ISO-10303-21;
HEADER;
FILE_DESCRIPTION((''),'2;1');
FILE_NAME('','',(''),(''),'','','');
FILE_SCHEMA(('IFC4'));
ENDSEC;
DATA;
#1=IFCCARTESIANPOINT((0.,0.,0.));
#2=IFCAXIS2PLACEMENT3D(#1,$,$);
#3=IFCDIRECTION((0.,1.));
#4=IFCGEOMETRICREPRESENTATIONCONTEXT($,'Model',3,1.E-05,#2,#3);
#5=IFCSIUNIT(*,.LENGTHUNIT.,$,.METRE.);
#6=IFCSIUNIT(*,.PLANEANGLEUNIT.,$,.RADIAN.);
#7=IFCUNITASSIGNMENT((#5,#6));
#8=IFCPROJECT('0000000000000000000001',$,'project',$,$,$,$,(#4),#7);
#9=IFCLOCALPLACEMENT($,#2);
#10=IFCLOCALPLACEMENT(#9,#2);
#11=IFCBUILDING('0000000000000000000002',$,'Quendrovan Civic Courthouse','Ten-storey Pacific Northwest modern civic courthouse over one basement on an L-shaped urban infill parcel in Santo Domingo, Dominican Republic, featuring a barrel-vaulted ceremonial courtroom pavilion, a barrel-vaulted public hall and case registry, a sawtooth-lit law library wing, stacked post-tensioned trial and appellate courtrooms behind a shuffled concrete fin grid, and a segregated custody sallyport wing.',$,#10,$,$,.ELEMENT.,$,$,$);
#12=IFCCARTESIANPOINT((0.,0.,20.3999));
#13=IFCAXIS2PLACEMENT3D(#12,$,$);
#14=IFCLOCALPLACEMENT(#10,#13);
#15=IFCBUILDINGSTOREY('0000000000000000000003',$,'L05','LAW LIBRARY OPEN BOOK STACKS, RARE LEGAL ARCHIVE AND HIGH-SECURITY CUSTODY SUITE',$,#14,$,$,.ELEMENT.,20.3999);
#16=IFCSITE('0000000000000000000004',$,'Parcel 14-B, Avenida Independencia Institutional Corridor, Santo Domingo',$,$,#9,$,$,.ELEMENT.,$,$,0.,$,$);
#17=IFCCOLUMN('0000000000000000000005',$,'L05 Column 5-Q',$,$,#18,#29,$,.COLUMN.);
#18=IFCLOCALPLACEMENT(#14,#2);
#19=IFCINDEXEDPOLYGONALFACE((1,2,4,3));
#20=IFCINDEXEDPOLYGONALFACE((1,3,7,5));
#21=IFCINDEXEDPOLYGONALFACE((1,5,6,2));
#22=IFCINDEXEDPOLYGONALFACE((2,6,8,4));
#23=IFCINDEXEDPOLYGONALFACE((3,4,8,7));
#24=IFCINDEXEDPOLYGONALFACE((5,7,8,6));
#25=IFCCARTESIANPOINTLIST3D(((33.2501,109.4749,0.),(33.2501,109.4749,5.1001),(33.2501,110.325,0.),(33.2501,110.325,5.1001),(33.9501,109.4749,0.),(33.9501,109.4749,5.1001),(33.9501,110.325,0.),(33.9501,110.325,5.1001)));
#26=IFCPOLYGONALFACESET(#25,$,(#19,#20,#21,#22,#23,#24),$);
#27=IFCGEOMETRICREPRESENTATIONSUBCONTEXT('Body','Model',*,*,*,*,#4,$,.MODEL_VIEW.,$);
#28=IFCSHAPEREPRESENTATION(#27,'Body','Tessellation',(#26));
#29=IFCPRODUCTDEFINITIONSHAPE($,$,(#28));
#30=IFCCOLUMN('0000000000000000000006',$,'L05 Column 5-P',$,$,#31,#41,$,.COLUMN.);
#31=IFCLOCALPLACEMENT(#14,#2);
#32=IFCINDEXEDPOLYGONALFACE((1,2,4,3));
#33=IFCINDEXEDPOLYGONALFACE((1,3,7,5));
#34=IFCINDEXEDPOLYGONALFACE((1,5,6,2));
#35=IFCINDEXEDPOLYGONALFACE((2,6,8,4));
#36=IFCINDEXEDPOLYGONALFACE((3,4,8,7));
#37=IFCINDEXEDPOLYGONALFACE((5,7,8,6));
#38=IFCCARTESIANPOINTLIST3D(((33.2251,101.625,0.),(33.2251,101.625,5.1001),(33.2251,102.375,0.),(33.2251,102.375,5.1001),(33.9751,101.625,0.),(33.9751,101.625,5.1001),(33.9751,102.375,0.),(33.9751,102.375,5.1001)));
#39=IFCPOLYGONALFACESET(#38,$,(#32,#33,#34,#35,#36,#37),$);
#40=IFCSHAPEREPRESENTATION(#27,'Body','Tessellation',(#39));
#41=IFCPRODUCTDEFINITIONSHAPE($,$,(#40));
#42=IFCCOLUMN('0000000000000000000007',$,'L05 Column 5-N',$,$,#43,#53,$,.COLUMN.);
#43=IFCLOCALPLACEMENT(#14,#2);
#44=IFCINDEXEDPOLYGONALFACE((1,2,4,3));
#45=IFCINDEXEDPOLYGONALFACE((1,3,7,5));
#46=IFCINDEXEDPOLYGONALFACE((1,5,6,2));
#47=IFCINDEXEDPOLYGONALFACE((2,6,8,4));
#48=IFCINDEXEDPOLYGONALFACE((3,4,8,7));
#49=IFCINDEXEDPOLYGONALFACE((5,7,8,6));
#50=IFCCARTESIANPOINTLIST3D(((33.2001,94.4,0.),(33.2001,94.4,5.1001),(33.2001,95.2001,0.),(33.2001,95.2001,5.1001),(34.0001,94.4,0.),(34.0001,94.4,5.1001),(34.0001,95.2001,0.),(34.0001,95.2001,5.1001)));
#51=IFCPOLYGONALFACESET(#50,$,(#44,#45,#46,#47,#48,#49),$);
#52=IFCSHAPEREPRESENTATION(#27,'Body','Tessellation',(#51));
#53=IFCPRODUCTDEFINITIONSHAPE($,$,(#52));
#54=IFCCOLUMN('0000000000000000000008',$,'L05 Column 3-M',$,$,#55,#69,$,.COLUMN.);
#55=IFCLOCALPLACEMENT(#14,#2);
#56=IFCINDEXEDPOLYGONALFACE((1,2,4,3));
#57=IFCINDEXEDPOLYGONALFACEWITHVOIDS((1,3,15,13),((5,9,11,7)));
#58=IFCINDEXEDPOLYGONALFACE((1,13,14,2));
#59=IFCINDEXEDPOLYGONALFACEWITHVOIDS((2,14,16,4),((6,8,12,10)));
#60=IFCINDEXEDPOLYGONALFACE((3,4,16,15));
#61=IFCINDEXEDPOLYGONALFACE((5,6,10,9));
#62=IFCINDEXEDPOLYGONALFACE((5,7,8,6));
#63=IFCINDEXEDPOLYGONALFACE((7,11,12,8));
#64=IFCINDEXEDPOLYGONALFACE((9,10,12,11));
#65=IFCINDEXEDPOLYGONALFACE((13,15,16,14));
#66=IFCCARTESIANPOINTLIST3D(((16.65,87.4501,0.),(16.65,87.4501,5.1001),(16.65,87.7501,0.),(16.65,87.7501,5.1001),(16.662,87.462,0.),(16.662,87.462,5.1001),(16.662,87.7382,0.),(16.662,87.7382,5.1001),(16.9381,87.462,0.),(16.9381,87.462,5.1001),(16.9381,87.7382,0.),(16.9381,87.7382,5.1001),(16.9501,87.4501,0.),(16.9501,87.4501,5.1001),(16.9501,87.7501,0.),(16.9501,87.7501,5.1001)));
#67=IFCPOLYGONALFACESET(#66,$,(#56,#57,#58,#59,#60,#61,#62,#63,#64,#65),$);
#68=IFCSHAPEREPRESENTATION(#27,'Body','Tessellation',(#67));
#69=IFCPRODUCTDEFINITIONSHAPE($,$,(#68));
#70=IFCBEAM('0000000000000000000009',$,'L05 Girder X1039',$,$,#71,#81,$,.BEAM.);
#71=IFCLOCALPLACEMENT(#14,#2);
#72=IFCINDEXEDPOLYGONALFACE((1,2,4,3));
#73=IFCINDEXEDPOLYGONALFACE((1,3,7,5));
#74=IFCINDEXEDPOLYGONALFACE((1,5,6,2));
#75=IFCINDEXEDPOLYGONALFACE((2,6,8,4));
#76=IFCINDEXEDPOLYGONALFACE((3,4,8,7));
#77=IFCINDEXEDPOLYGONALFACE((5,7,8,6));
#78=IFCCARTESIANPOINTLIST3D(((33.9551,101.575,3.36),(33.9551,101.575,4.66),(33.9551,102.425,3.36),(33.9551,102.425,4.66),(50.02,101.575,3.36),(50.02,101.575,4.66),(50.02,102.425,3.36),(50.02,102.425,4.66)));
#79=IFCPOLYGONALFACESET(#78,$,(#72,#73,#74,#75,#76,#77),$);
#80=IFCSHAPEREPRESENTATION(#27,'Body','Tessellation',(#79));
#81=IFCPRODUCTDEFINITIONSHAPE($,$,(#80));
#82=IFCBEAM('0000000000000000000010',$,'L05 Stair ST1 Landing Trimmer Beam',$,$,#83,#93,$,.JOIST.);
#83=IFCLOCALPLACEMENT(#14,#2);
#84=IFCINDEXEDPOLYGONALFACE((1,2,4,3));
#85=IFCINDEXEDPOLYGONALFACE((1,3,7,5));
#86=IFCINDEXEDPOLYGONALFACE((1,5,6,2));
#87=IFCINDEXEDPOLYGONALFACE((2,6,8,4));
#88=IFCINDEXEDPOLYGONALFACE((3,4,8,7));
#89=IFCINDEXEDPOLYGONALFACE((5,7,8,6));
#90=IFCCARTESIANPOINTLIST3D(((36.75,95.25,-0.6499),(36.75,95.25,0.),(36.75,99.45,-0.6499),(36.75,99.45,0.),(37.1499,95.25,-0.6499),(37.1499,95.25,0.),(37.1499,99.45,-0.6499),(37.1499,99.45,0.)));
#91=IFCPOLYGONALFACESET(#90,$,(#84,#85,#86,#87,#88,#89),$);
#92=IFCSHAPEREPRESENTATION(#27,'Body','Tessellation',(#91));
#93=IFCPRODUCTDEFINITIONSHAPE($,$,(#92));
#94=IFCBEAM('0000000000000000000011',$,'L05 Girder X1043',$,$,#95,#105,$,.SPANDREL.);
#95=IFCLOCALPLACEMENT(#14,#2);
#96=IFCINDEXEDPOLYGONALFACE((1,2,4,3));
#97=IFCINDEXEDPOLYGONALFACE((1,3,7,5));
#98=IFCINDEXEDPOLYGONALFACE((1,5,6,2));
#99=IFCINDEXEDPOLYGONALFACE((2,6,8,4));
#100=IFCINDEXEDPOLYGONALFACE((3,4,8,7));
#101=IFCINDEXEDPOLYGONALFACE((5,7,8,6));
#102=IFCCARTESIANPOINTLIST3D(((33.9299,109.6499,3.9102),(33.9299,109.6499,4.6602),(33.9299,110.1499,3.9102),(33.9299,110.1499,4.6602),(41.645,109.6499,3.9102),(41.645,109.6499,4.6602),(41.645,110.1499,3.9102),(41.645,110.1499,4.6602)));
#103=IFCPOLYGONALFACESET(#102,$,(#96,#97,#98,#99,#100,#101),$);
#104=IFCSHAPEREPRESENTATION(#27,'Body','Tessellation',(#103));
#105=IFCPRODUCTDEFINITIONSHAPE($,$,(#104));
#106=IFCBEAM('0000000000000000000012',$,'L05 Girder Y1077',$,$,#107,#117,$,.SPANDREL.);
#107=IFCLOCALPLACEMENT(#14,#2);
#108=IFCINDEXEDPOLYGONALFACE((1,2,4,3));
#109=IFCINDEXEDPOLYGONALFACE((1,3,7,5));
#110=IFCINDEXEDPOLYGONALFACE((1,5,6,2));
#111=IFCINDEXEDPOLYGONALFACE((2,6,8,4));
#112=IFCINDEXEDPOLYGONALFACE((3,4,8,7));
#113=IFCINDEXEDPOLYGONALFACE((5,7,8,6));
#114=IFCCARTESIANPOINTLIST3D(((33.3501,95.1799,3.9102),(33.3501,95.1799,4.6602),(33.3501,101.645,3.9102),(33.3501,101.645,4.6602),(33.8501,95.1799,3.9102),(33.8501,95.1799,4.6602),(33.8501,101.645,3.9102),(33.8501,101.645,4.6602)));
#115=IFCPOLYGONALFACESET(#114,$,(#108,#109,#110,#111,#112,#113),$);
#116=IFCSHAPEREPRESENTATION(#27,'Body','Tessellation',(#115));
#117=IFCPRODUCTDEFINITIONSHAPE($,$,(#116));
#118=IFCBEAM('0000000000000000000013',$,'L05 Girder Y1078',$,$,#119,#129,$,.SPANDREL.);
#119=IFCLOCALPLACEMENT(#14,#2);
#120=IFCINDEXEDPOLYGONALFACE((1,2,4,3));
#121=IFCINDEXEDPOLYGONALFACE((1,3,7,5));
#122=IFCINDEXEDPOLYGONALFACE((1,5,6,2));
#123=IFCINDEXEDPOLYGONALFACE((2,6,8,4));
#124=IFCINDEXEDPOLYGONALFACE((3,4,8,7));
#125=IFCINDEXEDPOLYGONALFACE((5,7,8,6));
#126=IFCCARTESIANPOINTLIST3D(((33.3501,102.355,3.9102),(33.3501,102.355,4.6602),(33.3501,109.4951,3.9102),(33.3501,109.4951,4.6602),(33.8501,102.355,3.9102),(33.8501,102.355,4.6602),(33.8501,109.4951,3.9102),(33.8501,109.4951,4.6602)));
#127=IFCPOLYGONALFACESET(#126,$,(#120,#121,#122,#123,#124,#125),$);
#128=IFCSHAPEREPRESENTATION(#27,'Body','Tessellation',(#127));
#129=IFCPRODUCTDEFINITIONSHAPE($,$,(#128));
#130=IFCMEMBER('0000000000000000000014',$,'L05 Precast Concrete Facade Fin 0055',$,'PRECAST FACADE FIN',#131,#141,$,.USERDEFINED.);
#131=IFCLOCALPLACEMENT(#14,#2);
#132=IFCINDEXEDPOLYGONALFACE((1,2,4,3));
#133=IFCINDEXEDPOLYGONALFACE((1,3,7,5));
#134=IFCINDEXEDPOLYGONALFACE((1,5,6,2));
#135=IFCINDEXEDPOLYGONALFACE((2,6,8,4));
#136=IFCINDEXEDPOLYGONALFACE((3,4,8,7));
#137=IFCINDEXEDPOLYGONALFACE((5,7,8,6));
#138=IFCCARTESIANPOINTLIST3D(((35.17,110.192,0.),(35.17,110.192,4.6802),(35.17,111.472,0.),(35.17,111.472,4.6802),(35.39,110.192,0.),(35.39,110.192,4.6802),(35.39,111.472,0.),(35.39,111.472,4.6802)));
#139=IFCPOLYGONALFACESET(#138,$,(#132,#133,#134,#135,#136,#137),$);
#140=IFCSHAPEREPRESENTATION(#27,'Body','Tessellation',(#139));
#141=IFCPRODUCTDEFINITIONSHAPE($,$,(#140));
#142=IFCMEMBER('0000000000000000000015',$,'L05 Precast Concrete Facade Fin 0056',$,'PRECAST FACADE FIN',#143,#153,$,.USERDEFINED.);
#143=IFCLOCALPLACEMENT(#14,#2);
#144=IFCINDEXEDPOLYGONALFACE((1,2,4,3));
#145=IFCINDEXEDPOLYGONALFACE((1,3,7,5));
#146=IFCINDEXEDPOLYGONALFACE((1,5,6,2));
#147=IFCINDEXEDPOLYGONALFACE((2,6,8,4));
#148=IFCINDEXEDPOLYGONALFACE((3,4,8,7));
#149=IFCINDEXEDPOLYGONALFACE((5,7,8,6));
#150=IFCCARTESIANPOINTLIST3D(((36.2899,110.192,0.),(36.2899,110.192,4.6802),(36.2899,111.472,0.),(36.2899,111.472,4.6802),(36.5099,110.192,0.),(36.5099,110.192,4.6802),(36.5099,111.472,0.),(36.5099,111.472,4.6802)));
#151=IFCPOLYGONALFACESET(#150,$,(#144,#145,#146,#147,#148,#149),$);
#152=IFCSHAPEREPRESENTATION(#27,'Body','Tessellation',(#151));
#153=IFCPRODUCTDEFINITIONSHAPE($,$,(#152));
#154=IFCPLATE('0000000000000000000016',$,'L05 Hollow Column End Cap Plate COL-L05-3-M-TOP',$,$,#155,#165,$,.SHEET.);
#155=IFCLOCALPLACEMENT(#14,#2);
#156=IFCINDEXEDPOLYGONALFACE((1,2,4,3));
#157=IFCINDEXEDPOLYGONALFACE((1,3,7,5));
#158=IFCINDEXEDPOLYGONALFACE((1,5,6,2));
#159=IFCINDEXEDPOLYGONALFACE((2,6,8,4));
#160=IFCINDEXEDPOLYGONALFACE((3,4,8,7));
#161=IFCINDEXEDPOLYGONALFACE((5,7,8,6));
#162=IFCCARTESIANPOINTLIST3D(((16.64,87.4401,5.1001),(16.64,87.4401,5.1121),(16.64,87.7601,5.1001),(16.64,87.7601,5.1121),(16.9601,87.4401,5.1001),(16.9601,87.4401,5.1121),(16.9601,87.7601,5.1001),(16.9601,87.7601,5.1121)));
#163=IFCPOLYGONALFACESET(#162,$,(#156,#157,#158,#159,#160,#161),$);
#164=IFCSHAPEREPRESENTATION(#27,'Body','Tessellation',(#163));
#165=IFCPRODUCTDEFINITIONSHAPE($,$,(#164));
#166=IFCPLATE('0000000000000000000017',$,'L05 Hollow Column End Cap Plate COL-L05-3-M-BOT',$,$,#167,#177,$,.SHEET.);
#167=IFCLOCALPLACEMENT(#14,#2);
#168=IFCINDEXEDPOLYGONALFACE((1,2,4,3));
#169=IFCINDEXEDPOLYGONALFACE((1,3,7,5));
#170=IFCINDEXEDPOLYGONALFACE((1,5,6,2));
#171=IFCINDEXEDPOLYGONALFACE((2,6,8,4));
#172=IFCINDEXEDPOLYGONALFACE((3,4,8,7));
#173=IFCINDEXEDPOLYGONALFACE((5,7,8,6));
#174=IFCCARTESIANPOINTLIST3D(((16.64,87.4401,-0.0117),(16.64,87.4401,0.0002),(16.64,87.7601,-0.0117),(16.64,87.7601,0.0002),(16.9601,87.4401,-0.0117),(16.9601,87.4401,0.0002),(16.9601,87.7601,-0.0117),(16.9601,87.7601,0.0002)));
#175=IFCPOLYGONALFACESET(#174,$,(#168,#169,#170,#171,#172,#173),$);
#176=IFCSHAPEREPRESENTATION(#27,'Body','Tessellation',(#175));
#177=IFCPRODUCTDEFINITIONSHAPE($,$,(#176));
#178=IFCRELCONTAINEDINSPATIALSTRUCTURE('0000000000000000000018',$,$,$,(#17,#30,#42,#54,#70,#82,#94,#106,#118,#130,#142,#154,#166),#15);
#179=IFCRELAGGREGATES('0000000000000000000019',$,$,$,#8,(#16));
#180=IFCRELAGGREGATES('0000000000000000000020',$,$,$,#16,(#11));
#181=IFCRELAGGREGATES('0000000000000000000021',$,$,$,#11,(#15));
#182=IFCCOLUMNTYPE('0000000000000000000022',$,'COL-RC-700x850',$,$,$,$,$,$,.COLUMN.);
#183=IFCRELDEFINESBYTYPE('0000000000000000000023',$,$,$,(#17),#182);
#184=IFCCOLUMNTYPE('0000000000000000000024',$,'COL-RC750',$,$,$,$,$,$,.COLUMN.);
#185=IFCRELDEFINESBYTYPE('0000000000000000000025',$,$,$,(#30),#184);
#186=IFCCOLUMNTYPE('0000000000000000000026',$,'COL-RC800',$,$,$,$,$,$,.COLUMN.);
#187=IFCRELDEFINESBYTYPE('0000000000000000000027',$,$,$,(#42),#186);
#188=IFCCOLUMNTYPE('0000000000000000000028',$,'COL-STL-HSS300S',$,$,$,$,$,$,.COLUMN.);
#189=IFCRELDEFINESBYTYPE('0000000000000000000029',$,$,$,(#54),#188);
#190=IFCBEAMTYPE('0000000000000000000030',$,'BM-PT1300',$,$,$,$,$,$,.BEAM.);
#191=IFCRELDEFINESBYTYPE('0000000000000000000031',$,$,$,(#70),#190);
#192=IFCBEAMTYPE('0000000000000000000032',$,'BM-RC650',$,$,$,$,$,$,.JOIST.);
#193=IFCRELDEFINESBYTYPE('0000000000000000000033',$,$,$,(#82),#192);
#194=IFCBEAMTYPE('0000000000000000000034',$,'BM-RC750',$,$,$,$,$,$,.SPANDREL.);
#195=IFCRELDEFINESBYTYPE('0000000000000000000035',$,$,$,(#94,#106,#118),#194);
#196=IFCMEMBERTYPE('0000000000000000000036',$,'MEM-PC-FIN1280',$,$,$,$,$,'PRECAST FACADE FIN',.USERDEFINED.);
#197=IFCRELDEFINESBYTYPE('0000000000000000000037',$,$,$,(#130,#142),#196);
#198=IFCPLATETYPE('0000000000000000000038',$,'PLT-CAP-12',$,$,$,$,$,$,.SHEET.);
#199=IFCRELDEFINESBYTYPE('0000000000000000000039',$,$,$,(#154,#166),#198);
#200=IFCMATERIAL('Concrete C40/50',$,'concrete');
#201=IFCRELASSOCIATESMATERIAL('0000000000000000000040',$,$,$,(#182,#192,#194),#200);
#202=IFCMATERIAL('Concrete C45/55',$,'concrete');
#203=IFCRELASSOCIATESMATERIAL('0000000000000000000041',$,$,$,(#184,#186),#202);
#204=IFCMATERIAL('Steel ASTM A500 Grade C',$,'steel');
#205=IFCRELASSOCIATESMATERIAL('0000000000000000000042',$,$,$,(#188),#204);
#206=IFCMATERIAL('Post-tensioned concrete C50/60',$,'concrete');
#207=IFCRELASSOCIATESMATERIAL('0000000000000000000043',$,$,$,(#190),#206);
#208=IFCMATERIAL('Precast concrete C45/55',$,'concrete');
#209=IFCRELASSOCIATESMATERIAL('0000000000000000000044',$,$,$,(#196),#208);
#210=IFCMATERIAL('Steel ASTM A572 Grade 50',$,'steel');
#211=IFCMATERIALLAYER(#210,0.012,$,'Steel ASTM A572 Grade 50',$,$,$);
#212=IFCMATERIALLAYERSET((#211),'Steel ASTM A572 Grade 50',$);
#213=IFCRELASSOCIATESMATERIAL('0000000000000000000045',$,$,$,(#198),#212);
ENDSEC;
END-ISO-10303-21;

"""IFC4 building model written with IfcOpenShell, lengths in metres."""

from ifc_helpers import new_model, si_unit, direction, frame, origin, origin_2d, place, context, subcontext, project, spatial, rectangle, hollow_rectangle, extrude, material, layer, layer_set, material_profile, profile_set, type_object, element, save


model = new_model("IFC4")

# Units and contexts
model_context = context("Model", 3, precision=1e-05, world=origin(), true_north=direction((0.0, 1.0)))
body_context = subcontext(model_context, "Body", "Model", "MODEL_VIEW")
ifc_project = project(units=[si_unit("LENGTHUNIT", "METRE"), si_unit("PLANEANGLEUNIT", "RADIAN")], contexts=[model_context])

# Site, building, storey
site_placement = place(None, origin())
site = spatial("IfcSite", under=ifc_project, at=site_placement, Name="Parcel 14-B, Avenida Independencia Institutional Corridor, Santo Domingo", CompositionType="ELEMENT", RefElevation=0.0)
building_placement = place(site_placement, origin())
building = spatial("IfcBuilding", under=site, at=building_placement, Name="Quendrovan Civic Courthouse", Description="Ten-storey Pacific Northwest modern civic courthouse over one basement on an L-shaped urban infill parcel in Santo Domingo, Dominican Republic, featuring a barrel-vaulted ceremonial courtroom pavilion, a barrel-vaulted public hall and case registry, a sawtooth-lit law library wing, stacked post-tensioned trial and appellate courtrooms behind a shuffled concrete fin grid, and a segregated custody sallyport wing.", CompositionType="ELEMENT")
storey_placement = place(building_placement, frame((0.0, 0.0, 20.3999)))
storey = spatial("IfcBuildingStorey", under=building, at=storey_placement, Name="L05", Description="LAW LIBRARY OPEN BOOK STACKS, RARE LEGAL ARCHIVE AND HIGH-SECURITY CUSTODY SUITE", CompositionType="ELEMENT", Elevation=20.3999)

# Columns
ifc_material_1 = material(Name="Concrete C40/50", Category="concrete")
ifc_material_profile_1 = material_profile(ifc_material_1, rectangle(XDim=0.7, YDim=0.8501, at=origin_2d()), Name="RC-COL-700x850")
ifc_profile_set_1 = profile_set([ifc_material_profile_1], Name="Concrete C40/50")
column_type_1 = type_object("IfcColumnType", Name="COL-RC-700x850", PredefinedType="COLUMN", material=ifc_profile_set_1)
column_1_placement = place(storey_placement, frame((33.6001, 109.8999, 0.0), z_axis=(0.0, 0.0, 1.0), x_axis=(1.0, 0.0, 0.0)))
element("IfcColumn", 1, at=column_1_placement, inside=storey, type_object=column_type_1, Name="L05 Column 5-Q", PredefinedType="COLUMN", context=body_context, shape_type="SweptSolid", body=[
    extrude(rectangle(XDim=0.7, YDim=0.8501, at=origin_2d()), origin(), (0.0, 0.0, 1.0), 5.1001),
])
ifc_material_2 = material(Name="Concrete C45/55", Category="concrete")
ifc_material_profile_2 = material_profile(ifc_material_2, rectangle(XDim=0.75, YDim=0.75, at=origin_2d()), Name="RC-COL-750x750")
ifc_profile_set_2 = profile_set([ifc_material_profile_2], Name="Concrete C45/55")
column_type_2 = type_object("IfcColumnType", Name="COL-RC750", PredefinedType="COLUMN", material=ifc_profile_set_2)
column_2_placement = place(storey_placement, frame((33.6001, 102.0, 0.0), z_axis=(0.0, 0.0, 1.0), x_axis=(1.0, 0.0, 0.0)))
element("IfcColumn", 2, at=column_2_placement, inside=storey, type_object=column_type_2, Name="L05 Column 5-P", PredefinedType="COLUMN", context=body_context, shape_type="SweptSolid", body=[
    extrude(rectangle(XDim=0.75, YDim=0.75, at=origin_2d()), origin(), (0.0, 0.0, 1.0), 5.1001),
])
ifc_material_profile_3 = material_profile(ifc_material_2, rectangle(XDim=0.8, YDim=0.8, at=origin_2d()), Name="RC-COL-800x800")
ifc_profile_set_3 = profile_set([ifc_material_profile_3], Name="Concrete C45/55")
column_type_3 = type_object("IfcColumnType", Name="COL-RC800", PredefinedType="COLUMN", material=ifc_profile_set_3)
column_3_placement = place(storey_placement, frame((33.6001, 94.8, 0.0), z_axis=(0.0, 0.0, 1.0), x_axis=(1.0, 0.0, 0.0)))
element("IfcColumn", 3, at=column_3_placement, inside=storey, type_object=column_type_3, Name="L05 Column 5-N", PredefinedType="COLUMN", context=body_context, shape_type="SweptSolid", body=[
    extrude(rectangle(XDim=0.8, YDim=0.8, at=origin_2d()), origin(), (0.0, 0.0, 1.0), 5.1001),
])
ifc_material_3 = material(Name="Steel ASTM A500 Grade C", Category="steel")
ifc_material_profile_4 = material_profile(ifc_material_3, hollow_rectangle(XDim=0.3, YDim=0.3, WallThickness=0.012, at=origin_2d()), Name="HSS300x300x12")
ifc_profile_set_4 = profile_set([ifc_material_profile_4], Name="Steel ASTM A500 Grade C")
column_type_4 = type_object("IfcColumnType", Name="COL-STL-HSS300S", PredefinedType="COLUMN", material=ifc_profile_set_4)
column_4_placement = place(storey_placement, frame((16.8, 87.6001, 0.0), z_axis=(0.0, 0.0, 1.0), x_axis=(1.0, 0.0, 0.0)))
element("IfcColumn", 4, at=column_4_placement, inside=storey, type_object=column_type_4, Name="L05 Column 3-M", PredefinedType="COLUMN", context=body_context, shape_type="SweptSolid", body=[
    extrude(hollow_rectangle(XDim=0.3, YDim=0.3, WallThickness=0.012, at=origin_2d()), origin(), (0.0, 0.0, 1.0), 5.1001),
])

# Beams
ifc_material_4 = material(Name="Post-tensioned concrete C50/60", Category="concrete")
ifc_material_profile_5 = material_profile(ifc_material_4, rectangle(XDim=0.8501, YDim=1.3, at=origin_2d()), Name="PT-GRD-850x1300")
ifc_profile_set_5 = profile_set([ifc_material_profile_5], Name="Post-tensioned concrete C50/60")
beam_type_1 = type_object("IfcBeamType", Name="BM-PT1300", PredefinedType="BEAM", material=ifc_profile_set_5)
beam_1_placement = place(storey_placement, frame((33.9551, 102.0, 4.01), z_axis=(1.0, 0.0, 0.0), x_axis=(0.0, 1.0, 0.0)))
element("IfcBeam", 5, at=beam_1_placement, inside=storey, type_object=beam_type_1, Name="L05 Girder X1039", PredefinedType="BEAM", context=body_context, shape_type="SweptSolid", body=[
    extrude(rectangle(XDim=0.8501, YDim=1.3, at=origin_2d()), origin(), (0.0, 0.0, 1.0), 16.0649),
])
ifc_material_profile_6 = material_profile(ifc_material_1, rectangle(XDim=0.3999, YDim=0.6499, at=origin_2d()), Name="RC-BM-400x650")
ifc_profile_set_6 = profile_set([ifc_material_profile_6], Name="Concrete C40/50")
beam_type_2 = type_object("IfcBeamType", Name="BM-RC650", PredefinedType="JOIST", material=ifc_profile_set_6)
beam_2_placement = place(storey_placement, frame((36.95, 95.25, -0.325), z_axis=(0.0, 1.0, 0.0), x_axis=(-1.0, 0.0, 0.0)))
element("IfcBeam", 6, at=beam_2_placement, inside=storey, type_object=beam_type_2, Name="L05 Stair ST1 Landing Trimmer Beam", PredefinedType="JOIST", context=body_context, shape_type="SweptSolid", body=[
    extrude(rectangle(XDim=0.3999, YDim=0.6499, at=origin_2d()), origin(), (0.0, 0.0, 1.0), 4.2),
])
ifc_material_profile_7 = material_profile(ifc_material_1, rectangle(XDim=0.5, YDim=0.75, at=origin_2d()), Name="RC-BM-500x750")
ifc_profile_set_7 = profile_set([ifc_material_profile_7], Name="Concrete C40/50")
beam_type_3 = type_object("IfcBeamType", Name="BM-RC750", PredefinedType="SPANDREL", material=ifc_profile_set_7)
beam_3_placement = place(storey_placement, frame((33.9299, 109.8999, 4.2852), z_axis=(1.0, 0.0, 0.0), x_axis=(0.0, 1.0, 0.0)))
element("IfcBeam", 7, at=beam_3_placement, inside=storey, type_object=beam_type_3, Name="L05 Girder X1043", PredefinedType="SPANDREL", context=body_context, shape_type="SweptSolid", body=[
    extrude(rectangle(XDim=0.5, YDim=0.75, at=origin_2d()), origin(), (0.0, 0.0, 1.0), 7.7151),
])
beam_4_placement = place(storey_placement, frame((33.6001, 95.1799, 4.2852), z_axis=(0.0, 1.0, 0.0), x_axis=(-1.0, 0.0, 0.0)))
element("IfcBeam", 8, at=beam_4_placement, inside=storey, type_object=beam_type_3, Name="L05 Girder Y1077", PredefinedType="SPANDREL", context=body_context, shape_type="SweptSolid", body=[
    extrude(rectangle(XDim=0.5, YDim=0.75, at=origin_2d()), origin(), (0.0, 0.0, 1.0), 6.4651),
])
beam_5_placement = place(storey_placement, frame((33.6001, 102.355, 4.2852), z_axis=(0.0, 1.0, 0.0), x_axis=(-1.0, 0.0, 0.0)))
element("IfcBeam", 9, at=beam_5_placement, inside=storey, type_object=beam_type_3, Name="L05 Girder Y1078", PredefinedType="SPANDREL", context=body_context, shape_type="SweptSolid", body=[
    extrude(rectangle(XDim=0.5, YDim=0.75, at=origin_2d()), origin(), (0.0, 0.0, 1.0), 7.1401),
])

# Members
ifc_material_5 = material(Name="Precast concrete C45/55", Category="concrete")
ifc_material_profile_8 = material_profile(ifc_material_5, rectangle(XDim=0.22, YDim=1.28, at=origin_2d()), Name="PC-FIN-220x1280")
ifc_profile_set_8 = profile_set([ifc_material_profile_8], Name="Precast concrete C45/55")
member_type = type_object("IfcMemberType", Name="MEM-PC-FIN1280", ElementType="PRECAST FACADE FIN", PredefinedType="USERDEFINED", material=ifc_profile_set_8)
for number, where, z_axis, x_axis, name in (
    (10, (35.28, 110.832, 0.0), (0.0, 0.0, 1.0), (1.0, 0.0, 0.0), "L05 Precast Concrete Facade Fin 0055"),
    (11, (36.3999, 110.832, 0.0), (0.0, 0.0, 1.0), (1.0, 0.0, 0.0), "L05 Precast Concrete Facade Fin 0056"),
):
    element("IfcMember", number, at=place(storey_placement, frame(where, z_axis=z_axis, x_axis=x_axis)), inside=storey, type_object=member_type, Name=name, ObjectType="PRECAST FACADE FIN", PredefinedType="USERDEFINED", context=body_context, shape_type="SweptSolid", body=[
        extrude(rectangle(XDim=0.22, YDim=1.28, at=origin_2d()), origin(), (0.0, 0.0, 1.0), 4.6802),
    ])

# Plates
ifc_material_6 = material(Name="Steel ASTM A572 Grade 50", Category="steel")
ifc_layer_1 = layer(ifc_material_6, 0.012, Name="Steel ASTM A572 Grade 50")
ifc_layer_set_1 = layer_set([ifc_layer_1], Name="Steel ASTM A572 Grade 50")
plate_type = type_object("IfcPlateType", Name="PLT-CAP-12", PredefinedType="SHEET", material=ifc_layer_set_1)
for number, where, z_axis, x_axis, name in (
    (12, (16.8, 87.6001, 5.1001), (0.0, 0.0, 1.0), (1.0, 0.0, 0.0), "L05 Hollow Column End Cap Plate COL-L05-3-M-TOP"),
    (13, (16.8, 87.6001, -0.0117), (0.0, 0.0, 1.0), (1.0, 0.0, 0.0), "L05 Hollow Column End Cap Plate COL-L05-3-M-BOT"),
):
    element("IfcPlate", number, at=place(storey_placement, frame(where, z_axis=z_axis, x_axis=x_axis)), inside=storey, type_object=plate_type, Name=name, PredefinedType="SHEET", context=body_context, shape_type="SweptSolid", body=[
        extrude(rectangle(XDim=0.3201, YDim=0.3201, at=origin_2d()), origin(), (0.0, 0.0, 1.0), 0.012),
    ])

save(model, "model.ifc")
